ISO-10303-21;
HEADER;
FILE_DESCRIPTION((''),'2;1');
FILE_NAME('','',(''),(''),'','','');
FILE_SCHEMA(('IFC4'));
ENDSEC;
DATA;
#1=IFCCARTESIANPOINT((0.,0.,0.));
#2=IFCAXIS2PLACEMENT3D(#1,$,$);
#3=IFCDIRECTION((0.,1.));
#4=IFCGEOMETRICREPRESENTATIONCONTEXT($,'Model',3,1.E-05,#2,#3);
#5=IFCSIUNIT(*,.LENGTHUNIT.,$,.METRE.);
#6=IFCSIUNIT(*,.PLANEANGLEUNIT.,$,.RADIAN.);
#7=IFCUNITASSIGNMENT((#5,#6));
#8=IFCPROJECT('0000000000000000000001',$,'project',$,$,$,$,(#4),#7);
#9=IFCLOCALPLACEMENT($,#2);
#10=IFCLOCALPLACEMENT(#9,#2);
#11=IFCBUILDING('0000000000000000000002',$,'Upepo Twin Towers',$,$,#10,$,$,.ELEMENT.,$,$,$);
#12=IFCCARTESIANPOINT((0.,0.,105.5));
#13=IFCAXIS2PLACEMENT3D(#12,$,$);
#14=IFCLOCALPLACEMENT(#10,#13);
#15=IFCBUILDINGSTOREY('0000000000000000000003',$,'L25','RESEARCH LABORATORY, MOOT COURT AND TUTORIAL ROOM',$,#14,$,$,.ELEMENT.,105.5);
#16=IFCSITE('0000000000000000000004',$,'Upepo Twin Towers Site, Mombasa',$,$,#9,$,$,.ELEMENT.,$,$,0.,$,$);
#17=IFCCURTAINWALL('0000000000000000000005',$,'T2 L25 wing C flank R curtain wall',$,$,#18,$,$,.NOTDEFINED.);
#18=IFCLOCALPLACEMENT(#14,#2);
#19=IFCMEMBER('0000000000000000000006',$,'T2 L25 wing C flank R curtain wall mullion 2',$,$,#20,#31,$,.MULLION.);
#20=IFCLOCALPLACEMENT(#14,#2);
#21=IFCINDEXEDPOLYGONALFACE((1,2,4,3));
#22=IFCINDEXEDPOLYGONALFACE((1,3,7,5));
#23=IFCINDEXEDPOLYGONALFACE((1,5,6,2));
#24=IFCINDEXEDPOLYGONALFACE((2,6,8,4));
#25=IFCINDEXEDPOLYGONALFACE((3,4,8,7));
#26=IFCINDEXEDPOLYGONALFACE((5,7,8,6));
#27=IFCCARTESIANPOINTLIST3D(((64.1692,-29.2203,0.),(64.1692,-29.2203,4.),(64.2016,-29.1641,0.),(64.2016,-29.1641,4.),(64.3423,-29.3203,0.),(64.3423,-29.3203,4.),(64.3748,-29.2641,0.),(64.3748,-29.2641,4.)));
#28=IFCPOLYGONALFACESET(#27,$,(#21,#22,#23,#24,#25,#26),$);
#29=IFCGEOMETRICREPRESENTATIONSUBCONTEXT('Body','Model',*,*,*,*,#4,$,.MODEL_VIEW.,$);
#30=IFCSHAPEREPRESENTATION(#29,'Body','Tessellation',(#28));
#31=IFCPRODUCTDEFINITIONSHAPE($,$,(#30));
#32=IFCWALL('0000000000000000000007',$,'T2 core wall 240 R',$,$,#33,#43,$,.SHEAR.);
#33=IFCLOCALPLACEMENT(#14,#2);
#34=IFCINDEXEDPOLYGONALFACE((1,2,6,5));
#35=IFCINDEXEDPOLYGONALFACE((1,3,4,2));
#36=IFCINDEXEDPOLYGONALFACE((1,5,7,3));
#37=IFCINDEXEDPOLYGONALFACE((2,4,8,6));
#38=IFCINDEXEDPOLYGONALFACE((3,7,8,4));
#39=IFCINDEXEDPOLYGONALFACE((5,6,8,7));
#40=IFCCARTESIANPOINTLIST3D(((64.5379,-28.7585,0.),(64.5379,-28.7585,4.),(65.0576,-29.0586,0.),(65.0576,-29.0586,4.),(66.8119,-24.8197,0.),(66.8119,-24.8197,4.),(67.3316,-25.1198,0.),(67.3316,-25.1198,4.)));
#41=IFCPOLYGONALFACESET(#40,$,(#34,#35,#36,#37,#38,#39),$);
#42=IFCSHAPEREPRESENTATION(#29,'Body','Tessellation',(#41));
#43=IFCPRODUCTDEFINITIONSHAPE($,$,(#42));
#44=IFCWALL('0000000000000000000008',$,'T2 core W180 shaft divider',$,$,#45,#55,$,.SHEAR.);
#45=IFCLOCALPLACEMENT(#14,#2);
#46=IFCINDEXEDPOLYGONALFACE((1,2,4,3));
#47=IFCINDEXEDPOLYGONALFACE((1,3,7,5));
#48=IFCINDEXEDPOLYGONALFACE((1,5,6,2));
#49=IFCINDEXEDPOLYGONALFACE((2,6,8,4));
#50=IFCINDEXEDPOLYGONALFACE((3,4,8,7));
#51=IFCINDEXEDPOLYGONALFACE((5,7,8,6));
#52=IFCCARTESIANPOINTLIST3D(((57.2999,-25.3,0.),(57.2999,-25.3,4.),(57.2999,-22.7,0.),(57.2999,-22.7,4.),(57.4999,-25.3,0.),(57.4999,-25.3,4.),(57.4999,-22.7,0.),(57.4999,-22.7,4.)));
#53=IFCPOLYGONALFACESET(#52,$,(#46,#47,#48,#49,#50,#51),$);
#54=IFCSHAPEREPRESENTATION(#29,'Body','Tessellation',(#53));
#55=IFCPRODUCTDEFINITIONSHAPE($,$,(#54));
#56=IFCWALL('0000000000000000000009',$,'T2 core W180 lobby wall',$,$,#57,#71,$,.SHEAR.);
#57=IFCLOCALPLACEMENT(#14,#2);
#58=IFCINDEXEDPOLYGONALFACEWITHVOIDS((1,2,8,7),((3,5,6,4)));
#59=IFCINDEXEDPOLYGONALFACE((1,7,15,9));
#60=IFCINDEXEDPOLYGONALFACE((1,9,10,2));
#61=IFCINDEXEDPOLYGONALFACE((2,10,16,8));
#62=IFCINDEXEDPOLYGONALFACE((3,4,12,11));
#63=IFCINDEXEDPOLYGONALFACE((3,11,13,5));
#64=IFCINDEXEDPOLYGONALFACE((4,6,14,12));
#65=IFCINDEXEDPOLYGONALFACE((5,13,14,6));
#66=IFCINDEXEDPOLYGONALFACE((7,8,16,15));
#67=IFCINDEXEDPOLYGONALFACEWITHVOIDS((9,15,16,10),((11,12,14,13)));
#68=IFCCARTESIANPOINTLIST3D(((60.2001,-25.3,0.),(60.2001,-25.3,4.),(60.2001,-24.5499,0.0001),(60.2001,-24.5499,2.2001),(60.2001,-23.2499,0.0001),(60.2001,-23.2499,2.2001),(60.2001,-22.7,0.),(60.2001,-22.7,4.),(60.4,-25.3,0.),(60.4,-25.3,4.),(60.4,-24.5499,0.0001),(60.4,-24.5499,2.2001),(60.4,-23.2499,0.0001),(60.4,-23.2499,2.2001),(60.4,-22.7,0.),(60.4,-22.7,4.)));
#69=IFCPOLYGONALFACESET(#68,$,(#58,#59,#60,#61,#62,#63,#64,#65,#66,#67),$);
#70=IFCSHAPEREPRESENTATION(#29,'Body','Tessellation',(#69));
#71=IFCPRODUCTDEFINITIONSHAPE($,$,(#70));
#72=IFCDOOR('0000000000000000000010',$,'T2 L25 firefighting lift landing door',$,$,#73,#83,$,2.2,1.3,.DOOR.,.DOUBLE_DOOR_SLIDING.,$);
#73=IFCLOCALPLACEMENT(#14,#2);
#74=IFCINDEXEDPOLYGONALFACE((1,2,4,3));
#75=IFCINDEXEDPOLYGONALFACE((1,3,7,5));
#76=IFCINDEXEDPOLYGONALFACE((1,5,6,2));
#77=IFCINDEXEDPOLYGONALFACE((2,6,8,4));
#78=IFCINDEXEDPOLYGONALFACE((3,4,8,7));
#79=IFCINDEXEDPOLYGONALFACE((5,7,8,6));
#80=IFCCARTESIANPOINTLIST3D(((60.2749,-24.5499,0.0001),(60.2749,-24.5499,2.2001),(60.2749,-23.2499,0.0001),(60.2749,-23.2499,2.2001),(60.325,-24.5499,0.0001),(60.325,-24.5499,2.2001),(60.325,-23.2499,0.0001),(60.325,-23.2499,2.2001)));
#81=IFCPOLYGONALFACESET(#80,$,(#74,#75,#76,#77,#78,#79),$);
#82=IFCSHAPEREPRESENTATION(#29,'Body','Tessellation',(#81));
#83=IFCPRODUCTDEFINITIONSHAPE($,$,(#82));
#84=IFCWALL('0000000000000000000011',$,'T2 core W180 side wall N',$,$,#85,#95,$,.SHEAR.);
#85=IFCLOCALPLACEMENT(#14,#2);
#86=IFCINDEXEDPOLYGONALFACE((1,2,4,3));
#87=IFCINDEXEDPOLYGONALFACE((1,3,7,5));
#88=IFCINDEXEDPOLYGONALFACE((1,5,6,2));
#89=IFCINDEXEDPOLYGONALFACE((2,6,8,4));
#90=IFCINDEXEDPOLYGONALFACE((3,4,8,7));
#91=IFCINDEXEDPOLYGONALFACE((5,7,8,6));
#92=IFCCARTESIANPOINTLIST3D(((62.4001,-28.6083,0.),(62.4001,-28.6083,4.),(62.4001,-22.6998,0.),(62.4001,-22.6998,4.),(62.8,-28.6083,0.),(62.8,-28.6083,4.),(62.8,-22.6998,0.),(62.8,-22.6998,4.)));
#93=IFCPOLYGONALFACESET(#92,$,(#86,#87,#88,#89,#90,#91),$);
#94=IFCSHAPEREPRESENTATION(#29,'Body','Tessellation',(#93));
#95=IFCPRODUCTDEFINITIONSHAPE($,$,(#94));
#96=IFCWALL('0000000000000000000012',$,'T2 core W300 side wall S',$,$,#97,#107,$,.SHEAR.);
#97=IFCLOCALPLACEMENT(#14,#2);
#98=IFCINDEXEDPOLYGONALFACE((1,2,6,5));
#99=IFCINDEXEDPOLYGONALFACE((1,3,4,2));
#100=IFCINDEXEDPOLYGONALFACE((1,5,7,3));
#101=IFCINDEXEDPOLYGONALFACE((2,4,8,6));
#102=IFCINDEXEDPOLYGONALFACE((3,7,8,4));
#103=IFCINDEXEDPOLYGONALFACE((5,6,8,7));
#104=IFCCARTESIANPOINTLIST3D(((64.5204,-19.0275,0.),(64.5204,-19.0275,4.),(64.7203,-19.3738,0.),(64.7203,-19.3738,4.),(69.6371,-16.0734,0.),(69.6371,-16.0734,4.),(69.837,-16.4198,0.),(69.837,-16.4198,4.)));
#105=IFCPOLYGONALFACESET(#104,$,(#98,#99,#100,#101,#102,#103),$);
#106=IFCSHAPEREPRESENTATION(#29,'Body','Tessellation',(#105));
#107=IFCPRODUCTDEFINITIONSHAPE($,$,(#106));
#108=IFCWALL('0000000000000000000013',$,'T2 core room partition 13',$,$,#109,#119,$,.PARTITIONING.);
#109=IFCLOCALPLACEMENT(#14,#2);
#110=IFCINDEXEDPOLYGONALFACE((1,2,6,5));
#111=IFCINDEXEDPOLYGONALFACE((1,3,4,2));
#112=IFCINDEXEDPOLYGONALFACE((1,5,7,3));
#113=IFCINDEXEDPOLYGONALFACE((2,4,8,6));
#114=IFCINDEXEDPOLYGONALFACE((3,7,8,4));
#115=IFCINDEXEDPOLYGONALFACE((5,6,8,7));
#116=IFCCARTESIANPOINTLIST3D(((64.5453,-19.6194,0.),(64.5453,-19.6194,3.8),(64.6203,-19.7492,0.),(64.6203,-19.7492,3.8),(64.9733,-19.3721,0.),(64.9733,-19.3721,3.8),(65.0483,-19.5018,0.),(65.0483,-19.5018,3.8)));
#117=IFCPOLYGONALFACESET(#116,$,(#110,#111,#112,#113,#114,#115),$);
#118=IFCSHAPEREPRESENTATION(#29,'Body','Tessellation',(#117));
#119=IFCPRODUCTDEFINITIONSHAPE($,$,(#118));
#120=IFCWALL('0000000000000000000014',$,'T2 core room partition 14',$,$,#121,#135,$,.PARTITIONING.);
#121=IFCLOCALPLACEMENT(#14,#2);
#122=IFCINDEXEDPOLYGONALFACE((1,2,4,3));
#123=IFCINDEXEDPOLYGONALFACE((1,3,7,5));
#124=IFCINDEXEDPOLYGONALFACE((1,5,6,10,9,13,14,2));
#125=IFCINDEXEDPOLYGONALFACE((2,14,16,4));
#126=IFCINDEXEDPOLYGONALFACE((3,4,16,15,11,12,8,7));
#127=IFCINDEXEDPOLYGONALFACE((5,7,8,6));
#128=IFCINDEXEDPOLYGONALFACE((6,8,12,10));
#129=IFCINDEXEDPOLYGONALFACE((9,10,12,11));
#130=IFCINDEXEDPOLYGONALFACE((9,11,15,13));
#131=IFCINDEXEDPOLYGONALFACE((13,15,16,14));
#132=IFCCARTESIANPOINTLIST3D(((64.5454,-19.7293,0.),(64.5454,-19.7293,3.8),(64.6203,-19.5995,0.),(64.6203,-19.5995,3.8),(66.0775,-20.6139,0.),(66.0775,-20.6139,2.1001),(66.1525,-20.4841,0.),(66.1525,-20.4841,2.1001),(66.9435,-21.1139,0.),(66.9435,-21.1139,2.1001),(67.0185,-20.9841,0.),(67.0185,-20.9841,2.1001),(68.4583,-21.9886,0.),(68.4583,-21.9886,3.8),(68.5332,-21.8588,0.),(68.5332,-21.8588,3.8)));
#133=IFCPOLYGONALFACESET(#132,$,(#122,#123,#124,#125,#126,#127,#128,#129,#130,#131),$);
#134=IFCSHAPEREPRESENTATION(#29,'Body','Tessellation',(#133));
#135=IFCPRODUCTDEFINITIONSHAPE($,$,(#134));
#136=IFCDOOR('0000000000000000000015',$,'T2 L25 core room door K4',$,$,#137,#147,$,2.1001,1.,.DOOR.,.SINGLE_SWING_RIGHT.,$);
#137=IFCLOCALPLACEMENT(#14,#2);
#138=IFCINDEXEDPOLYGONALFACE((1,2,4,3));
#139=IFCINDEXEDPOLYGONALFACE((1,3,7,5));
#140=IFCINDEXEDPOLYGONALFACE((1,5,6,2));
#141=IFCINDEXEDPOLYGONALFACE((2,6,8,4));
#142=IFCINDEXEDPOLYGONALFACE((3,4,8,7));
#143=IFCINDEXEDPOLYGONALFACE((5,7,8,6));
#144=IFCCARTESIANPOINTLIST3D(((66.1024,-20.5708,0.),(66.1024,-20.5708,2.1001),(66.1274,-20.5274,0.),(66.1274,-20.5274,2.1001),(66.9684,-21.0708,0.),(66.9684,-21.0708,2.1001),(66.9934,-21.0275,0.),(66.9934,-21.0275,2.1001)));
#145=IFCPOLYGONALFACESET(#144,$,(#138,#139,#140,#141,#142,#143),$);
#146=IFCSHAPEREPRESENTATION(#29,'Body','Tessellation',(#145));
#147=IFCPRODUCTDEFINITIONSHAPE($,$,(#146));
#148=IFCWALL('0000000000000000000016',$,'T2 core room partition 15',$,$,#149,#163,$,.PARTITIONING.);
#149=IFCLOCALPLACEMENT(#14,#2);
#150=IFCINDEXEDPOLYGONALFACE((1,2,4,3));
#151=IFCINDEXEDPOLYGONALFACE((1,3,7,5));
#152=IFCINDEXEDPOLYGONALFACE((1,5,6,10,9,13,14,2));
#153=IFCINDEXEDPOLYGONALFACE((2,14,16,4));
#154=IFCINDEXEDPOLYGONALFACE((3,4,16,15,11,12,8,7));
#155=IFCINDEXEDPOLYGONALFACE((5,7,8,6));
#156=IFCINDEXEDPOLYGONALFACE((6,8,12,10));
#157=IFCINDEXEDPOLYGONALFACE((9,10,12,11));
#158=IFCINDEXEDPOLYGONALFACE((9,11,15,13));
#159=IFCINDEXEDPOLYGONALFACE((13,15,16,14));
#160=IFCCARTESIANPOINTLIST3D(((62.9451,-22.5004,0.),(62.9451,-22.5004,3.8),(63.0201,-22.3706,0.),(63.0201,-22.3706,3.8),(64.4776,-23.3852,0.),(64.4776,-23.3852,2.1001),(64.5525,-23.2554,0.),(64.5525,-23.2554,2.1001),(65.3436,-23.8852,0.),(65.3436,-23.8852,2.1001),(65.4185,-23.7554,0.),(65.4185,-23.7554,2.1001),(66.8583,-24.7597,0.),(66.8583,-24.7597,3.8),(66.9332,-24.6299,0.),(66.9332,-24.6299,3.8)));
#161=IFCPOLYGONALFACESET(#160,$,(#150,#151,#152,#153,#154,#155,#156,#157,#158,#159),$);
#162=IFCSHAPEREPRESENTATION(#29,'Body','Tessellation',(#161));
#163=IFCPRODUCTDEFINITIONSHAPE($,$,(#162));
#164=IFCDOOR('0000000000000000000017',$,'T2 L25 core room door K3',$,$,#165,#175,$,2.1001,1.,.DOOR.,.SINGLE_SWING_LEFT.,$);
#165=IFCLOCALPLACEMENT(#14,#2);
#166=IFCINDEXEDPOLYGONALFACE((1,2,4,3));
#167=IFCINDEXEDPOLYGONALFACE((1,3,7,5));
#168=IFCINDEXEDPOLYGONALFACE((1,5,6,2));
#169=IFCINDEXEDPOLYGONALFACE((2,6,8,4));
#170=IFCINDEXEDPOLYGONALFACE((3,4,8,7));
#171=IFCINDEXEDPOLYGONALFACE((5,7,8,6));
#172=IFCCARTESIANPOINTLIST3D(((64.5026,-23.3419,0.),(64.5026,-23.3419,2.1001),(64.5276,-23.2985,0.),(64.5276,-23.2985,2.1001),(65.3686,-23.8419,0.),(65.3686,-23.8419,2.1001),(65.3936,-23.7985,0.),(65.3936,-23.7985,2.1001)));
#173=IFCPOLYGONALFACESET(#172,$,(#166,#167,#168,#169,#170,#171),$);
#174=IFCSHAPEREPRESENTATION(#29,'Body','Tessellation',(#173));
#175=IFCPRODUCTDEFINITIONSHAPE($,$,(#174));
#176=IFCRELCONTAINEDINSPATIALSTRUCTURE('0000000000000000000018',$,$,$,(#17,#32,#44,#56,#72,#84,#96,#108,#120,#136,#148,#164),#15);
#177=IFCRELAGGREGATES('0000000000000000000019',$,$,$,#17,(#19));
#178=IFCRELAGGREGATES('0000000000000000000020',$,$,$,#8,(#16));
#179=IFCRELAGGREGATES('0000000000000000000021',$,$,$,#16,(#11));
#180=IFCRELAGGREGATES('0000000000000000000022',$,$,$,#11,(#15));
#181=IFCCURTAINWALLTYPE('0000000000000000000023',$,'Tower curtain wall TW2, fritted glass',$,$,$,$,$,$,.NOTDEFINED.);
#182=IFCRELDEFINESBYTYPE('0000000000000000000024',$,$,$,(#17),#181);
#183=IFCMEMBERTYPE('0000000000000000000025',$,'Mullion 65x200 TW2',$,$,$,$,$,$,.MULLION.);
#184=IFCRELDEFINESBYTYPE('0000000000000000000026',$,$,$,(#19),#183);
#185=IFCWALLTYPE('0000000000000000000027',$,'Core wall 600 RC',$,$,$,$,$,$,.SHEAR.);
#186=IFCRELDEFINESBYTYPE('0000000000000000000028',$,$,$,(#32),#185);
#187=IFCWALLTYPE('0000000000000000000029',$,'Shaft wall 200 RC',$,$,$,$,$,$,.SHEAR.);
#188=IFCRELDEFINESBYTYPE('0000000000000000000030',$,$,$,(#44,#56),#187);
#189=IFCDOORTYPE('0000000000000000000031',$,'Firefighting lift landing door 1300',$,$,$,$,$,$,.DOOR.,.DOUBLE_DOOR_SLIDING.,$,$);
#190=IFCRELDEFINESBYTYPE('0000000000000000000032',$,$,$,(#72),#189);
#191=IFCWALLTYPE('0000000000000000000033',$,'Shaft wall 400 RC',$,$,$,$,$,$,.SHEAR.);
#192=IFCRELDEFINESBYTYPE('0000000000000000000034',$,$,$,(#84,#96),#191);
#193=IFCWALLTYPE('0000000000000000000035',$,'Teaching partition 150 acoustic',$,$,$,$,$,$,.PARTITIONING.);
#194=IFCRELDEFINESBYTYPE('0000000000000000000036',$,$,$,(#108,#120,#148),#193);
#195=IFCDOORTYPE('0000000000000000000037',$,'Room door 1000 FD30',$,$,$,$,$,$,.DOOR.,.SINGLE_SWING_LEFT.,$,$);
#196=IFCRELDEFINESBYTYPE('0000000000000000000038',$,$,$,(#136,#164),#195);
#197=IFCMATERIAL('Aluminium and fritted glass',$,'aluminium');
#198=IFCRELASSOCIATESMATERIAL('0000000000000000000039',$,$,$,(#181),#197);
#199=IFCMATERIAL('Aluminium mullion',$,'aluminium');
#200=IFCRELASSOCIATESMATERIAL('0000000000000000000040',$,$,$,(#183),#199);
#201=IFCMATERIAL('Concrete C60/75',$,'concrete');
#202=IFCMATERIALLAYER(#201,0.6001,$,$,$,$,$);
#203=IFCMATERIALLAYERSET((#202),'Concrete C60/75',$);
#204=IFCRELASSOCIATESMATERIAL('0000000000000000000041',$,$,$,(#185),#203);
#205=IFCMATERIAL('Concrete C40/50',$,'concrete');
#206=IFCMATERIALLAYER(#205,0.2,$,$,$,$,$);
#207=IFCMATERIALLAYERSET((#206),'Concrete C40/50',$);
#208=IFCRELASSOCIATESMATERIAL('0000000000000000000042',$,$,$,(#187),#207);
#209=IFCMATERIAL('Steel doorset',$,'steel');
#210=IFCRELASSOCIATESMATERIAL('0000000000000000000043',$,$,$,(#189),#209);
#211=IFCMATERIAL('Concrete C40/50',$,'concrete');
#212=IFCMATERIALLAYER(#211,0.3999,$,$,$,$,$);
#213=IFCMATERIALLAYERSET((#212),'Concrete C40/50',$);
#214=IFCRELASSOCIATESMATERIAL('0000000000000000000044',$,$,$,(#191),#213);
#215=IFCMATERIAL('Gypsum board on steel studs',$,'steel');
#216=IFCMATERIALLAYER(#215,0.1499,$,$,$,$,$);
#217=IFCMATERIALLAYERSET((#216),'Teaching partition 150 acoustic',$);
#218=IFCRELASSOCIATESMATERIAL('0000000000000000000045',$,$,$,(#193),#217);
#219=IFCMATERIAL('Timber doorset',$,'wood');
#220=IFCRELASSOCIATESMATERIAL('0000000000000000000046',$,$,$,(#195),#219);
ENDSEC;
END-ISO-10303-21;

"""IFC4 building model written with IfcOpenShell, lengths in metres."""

from ifc_helpers import new_model, si_unit, direction, frame, frame_2d, origin, origin_2d, place, context, subcontext, project, spatial, rectangle, extrude, material, layer, layer_set, material_profile, profile_set, type_object, element, fill, aggregate, save


model = new_model("IFC4")

# Units and contexts
model_context = context("Model", 3, precision=1e-05, world=origin(), true_north=direction((0.0, 1.0)))
body_context = subcontext(model_context, "Body", "Model", "MODEL_VIEW")
ifc_project = project(units=[si_unit("LENGTHUNIT", "METRE"), si_unit("PLANEANGLEUNIT", "RADIAN")], contexts=[model_context])

# Site, building, storey
site_placement = place(None, origin())
site = spatial("IfcSite", under=ifc_project, at=site_placement, Name="Upepo Twin Towers Site, Mombasa", CompositionType="ELEMENT", RefElevation=0.0)
building_placement = place(site_placement, origin())
building = spatial("IfcBuilding", under=site, at=building_placement, Name="Upepo Twin Towers", CompositionType="ELEMENT")
storey_placement = place(building_placement, frame((0.0, 0.0, 105.5)))
storey = spatial("IfcBuildingStorey", under=building, at=storey_placement, Name="L25", Description="RESEARCH LABORATORY, MOOT COURT AND TUTORIAL ROOM", CompositionType="ELEMENT", Elevation=105.5)

# Curtain wall, member
ifc_material_1 = material(Name="Aluminium and fritted glass", Category="aluminium")
curtain_wall_type = type_object("IfcCurtainWallType", Name="Tower curtain wall TW2, fritted glass", PredefinedType="NOTDEFINED", material=ifc_material_1)
curtain_wall_placement = place(storey_placement, origin())
curtain_wall = element("IfcCurtainWall", 1, at=curtain_wall_placement, inside=storey, type_object=curtain_wall_type, Name="T2 L25 wing C flank R curtain wall", PredefinedType="NOTDEFINED")
ifc_material_2 = material(Name="Aluminium mullion", Category="aluminium")
ifc_material_profile = material_profile(ifc_material_2, rectangle(XDim=0.0649, YDim=0.2, at=origin_2d()), Name="MULLION 65x200")
ifc_profile_set = profile_set([ifc_material_profile], Name="Aluminium mullion")
member_type = type_object("IfcMemberType", Name="Mullion 65x200 TW2", PredefinedType="MULLION", material=ifc_profile_set)
member_placement = place(storey_placement, frame((64.272, -29.2422, 0.0), z_axis=(0.0, 0.0, 1.0), x_axis=(-0.5, -0.866025, 0.0)))
member = element("IfcMember", 2, at=member_placement, type_object=member_type, Name="T2 L25 wing C flank R curtain wall mullion 2", PredefinedType="MULLION", context=body_context, shape_type="SweptSolid", body=[
    extrude(rectangle(XDim=0.0649, YDim=0.2, at=origin_2d()), origin(), (0.0, 0.0, 1.0), 4.0),
])
aggregate(curtain_wall, [member])

# Walls
ifc_material_3 = material(Name="Concrete C60/75", Category="concrete")
ifc_layer_1 = layer(ifc_material_3, 0.6001)
ifc_layer_set_1 = layer_set([ifc_layer_1], Name="Concrete C60/75")
wall_type_1 = type_object("IfcWallType", Name="Core wall 600 RC", PredefinedType="SHEAR", material=ifc_layer_set_1)
wall_1_placement = place(storey_placement, frame((64.7979, -28.9084, 0.0), z_axis=(0.0, 0.0, 1.0), x_axis=(0.499984, 0.866035, 0.0)))
element("IfcWall", 3, at=wall_1_placement, inside=storey, type_object=wall_type_1, Name="T2 core wall 240 R", PredefinedType="SHEAR", context=body_context, shape_type="SweptSolid", body=[
    extrude(rectangle(XDim=4.5481, YDim=0.6001, at=frame_2d((2.2739, 0.0))), origin(), (0.0, 0.0, 1.0), 4.0),
])
ifc_material_4 = material(Name="Concrete C40/50", Category="concrete")
ifc_layer_2 = layer(ifc_material_4, 0.2)
ifc_layer_set_2 = layer_set([ifc_layer_2], Name="Concrete C40/50")
wall_type_2 = type_object("IfcWallType", Name="Shaft wall 200 RC", PredefinedType="SHEAR", material=ifc_layer_set_2)
wall_2_placement = place(storey_placement, frame((57.3999, -22.7, 0.0), z_axis=(0.0, 0.0, 1.0), x_axis=(0.0, -1.0, 0.0)))
element("IfcWall", 4, at=wall_2_placement, inside=storey, type_object=wall_type_2, Name="T2 core W180 shaft divider", PredefinedType="SHEAR", context=body_context, shape_type="SweptSolid", body=[
    extrude(rectangle(XDim=2.6001, YDim=0.2, at=frame_2d((1.3, 0.0))), origin(), (0.0, 0.0, 1.0), 4.0),
])

# Wall, opening, door
wall_3_placement = place(storey_placement, frame((60.3, -22.7, 0.0), z_axis=(0.0, 0.0, 1.0), x_axis=(0.0, -1.0, 0.0)))
wall_3 = element("IfcWall", 5, at=wall_3_placement, inside=storey, type_object=wall_type_2, Name="T2 core W180 lobby wall", PredefinedType="SHEAR", context=body_context, shape_type="SweptSolid", body=[
    extrude(rectangle(XDim=2.6001, YDim=0.2, at=frame_2d((1.3, 0.0))), origin(), (0.0, 0.0, 1.0), 4.0),
])
opening_1_placement = place(wall_3_placement, frame((0.55, 0.0, 0.0)))
opening_1 = element("IfcOpeningElement", 6, at=opening_1_placement, cuts=wall_3, PredefinedType="OPENING", context=body_context, shape_type="SweptSolid", body=[
    extrude(rectangle(XDim=1.3, YDim=2.2, at=frame_2d((0.6499, 1.1001))), frame((0.0, 0.1099, 0.0), z_axis=(0.0, -1.0, 0.0), x_axis=(1.0, 0.0, 0.0)), (0.0, 0.0, 1.0), 0.22),
])
ifc_material_5 = material(Name="Steel doorset", Category="steel")
door_type_1 = type_object("IfcDoorType", Name="Firefighting lift landing door 1300", OperationType="DOUBLE_DOOR_SLIDING", PredefinedType="DOOR", material=ifc_material_5)
door_1_placement = place(opening_1_placement, origin())
door_1 = element("IfcDoor", 7, at=door_1_placement, inside=storey, type_object=door_type_1, Name="T2 L25 firefighting lift landing door", OperationType="DOUBLE_DOOR_SLIDING", OverallHeight=2.2, OverallWidth=1.3, PredefinedType="DOOR", context=body_context, shape_type="SweptSolid", body=[
    extrude(rectangle(XDim=1.3, YDim=2.2, at=frame_2d((0.6499, 1.1001))), frame((0.0, 0.0249, 0.0), z_axis=(0.0, -1.0, 0.0), x_axis=(1.0, 0.0, 0.0)), (0.0, 0.0, 1.0), 0.05),
])
fill(opening_1, door_1)

# Walls
ifc_material_6 = material(Name="Concrete C40/50", Category="concrete")
ifc_layer_3 = layer(ifc_material_6, 0.3999)
ifc_layer_set_3 = layer_set([ifc_layer_3], Name="Concrete C40/50")
wall_type_3 = type_object("IfcWallType", Name="Shaft wall 400 RC", PredefinedType="SHEAR", material=ifc_layer_set_3)
wall_4_placement = place(storey_placement, frame((62.6001, -22.7, 0.0), z_axis=(0.0, 0.0, 1.0), x_axis=(0.0, -1.0, 0.0)))
element("IfcWall", 8, at=wall_4_placement, inside=storey, type_object=wall_type_3, Name="T2 core W180 side wall N", PredefinedType="SHEAR", context=body_context, shape_type="SweptSolid", body=[
    extrude(rectangle(XDim=5.9084, YDim=0.3999, at=frame_2d((2.9541, 0.0))), origin(), (0.0, 0.0, 1.0), 4.0),
])
wall_5_placement = place(storey_placement, frame((64.6204, -19.2007, 0.0), z_axis=(0.0, 0.0, 1.0), x_axis=(0.866027, 0.499997, 0.0)))
element("IfcWall", 9, at=wall_5_placement, inside=storey, type_object=wall_type_3, Name="T2 core W300 side wall S", PredefinedType="SHEAR", context=body_context, shape_type="SweptSolid", body=[
    extrude(rectangle(XDim=5.9082, YDim=0.3999, at=frame_2d((2.9541, 0.0))), origin(), (0.0, 0.0, 1.0), 4.0),
])
ifc_material_7 = material(Name="Gypsum board on steel studs", Category="steel")
ifc_layer_4 = layer(ifc_material_7, 0.1499)
ifc_layer_set_4 = layer_set([ifc_layer_4], Name="Teaching partition 150 acoustic")
wall_type_4 = type_object("IfcWallType", Name="Teaching partition 150 acoustic", PredefinedType="PARTITIONING", material=ifc_layer_set_4)
wall_6_placement = place(storey_placement, frame((65.0107, -19.437, 0.0), z_axis=(0.0, 0.0, 1.0), x_axis=(-0.865832, -0.500335, 0.0)))
element("IfcWall", 10, at=wall_6_placement, inside=storey, type_object=wall_type_4, Name="T2 core room partition 13", PredefinedType="PARTITIONING", context=body_context, shape_type="SweptSolid", body=[
    extrude(rectangle(XDim=0.4944, YDim=0.1499, at=frame_2d((0.2471, 0.0))), origin(), (0.0, 0.0, 1.0), 3.8),
])

# Walls, openings, doors
wall_7_placement = place(storey_placement, frame((64.5828, -19.6643, 0.0), z_axis=(0.0, 0.0, 1.0), x_axis=(0.866007, -0.500033, 0.0)))
wall_7 = element("IfcWall", 11, at=wall_7_placement, inside=storey, type_object=wall_type_4, Name="T2 core room partition 14", PredefinedType="PARTITIONING", context=body_context, shape_type="SweptSolid", body=[
    extrude(rectangle(XDim=4.5183, YDim=0.1499, at=frame_2d((2.2593, 0.0))), origin(), (0.0, 0.0, 1.0), 3.8),
])
opening_2_placement = place(wall_7_placement, frame((1.7693, 0.0, 0.0)))
opening_2 = element("IfcOpeningElement", 12, at=opening_2_placement, cuts=wall_7, PredefinedType="OPENING", context=body_context, shape_type="SweptSolid", body=[
    extrude(rectangle(XDim=1.0, YDim=2.1001, at=frame_2d((0.5, 1.05))), frame((0.0, 0.085, 0.0), z_axis=(0.0, -1.0, 0.0), x_axis=(1.0, 0.0, 0.0)), (0.0, 0.0, 1.0), 0.1699),
])
ifc_material_8 = material(Name="Timber doorset", Category="wood")
door_type_2 = type_object("IfcDoorType", Name="Room door 1000 FD30", OperationType="SINGLE_SWING_LEFT", PredefinedType="DOOR", material=ifc_material_8)
door_2_placement = place(opening_2_placement, origin())
door_2 = element("IfcDoor", 13, at=door_2_placement, inside=storey, type_object=door_type_2, Name="T2 L25 core room door K4", OperationType="SINGLE_SWING_RIGHT", OverallHeight=2.1001, OverallWidth=1.0, PredefinedType="DOOR", context=body_context, shape_type="SweptSolid", body=[
    extrude(rectangle(XDim=1.0, YDim=2.1001, at=frame_2d((0.5, 1.05))), frame((0.0, 0.0249, 0.0), z_axis=(0.0, -1.0, 0.0), x_axis=(1.0, 0.0, 0.0)), (0.0, 0.0, 1.0), 0.05),
])
fill(opening_2, door_2)
wall_8_placement = place(storey_placement, frame((66.8958, -24.6948, 0.0), z_axis=(0.0, 0.0, 1.0), x_axis=(-0.86602, 0.500009, 0.0)))
wall_8 = element("IfcWall", 14, at=wall_8_placement, inside=storey, type_object=wall_type_4, Name="T2 core room partition 15", PredefinedType="PARTITIONING", context=body_context, shape_type="SweptSolid", body=[
    extrude(rectangle(XDim=4.5186, YDim=0.1499, at=frame_2d((2.2593, 0.0))), origin(), (0.0, 0.0, 1.0), 3.8),
])
opening_3_placement = place(wall_8_placement, frame((1.749, 0.0, 0.0)))
opening_3 = element("IfcOpeningElement", 15, at=opening_3_placement, cuts=wall_8, PredefinedType="OPENING", context=body_context, shape_type="SweptSolid", body=[
    extrude(rectangle(XDim=1.0, YDim=2.1001, at=frame_2d((0.5, 1.05))), frame((0.0, 0.085, 0.0), z_axis=(0.0, -1.0, 0.0), x_axis=(1.0, 0.0, 0.0)), (0.0, 0.0, 1.0), 0.1699),
])
door_3_placement = place(opening_3_placement, origin())
door_3 = element("IfcDoor", 16, at=door_3_placement, inside=storey, type_object=door_type_2, Name="T2 L25 core room door K3", OperationType="SINGLE_SWING_LEFT", OverallHeight=2.1001, OverallWidth=1.0, PredefinedType="DOOR", context=body_context, shape_type="SweptSolid", body=[
    extrude(rectangle(XDim=1.0, YDim=2.1001, at=frame_2d((0.5, 1.05))), frame((0.0, 0.0249, 0.0), z_axis=(0.0, -1.0, 0.0), x_axis=(1.0, 0.0, 0.0)), (0.0, 0.0, 1.0), 0.05),
])
fill(opening_3, door_3)

save(model, "model.ifc")
